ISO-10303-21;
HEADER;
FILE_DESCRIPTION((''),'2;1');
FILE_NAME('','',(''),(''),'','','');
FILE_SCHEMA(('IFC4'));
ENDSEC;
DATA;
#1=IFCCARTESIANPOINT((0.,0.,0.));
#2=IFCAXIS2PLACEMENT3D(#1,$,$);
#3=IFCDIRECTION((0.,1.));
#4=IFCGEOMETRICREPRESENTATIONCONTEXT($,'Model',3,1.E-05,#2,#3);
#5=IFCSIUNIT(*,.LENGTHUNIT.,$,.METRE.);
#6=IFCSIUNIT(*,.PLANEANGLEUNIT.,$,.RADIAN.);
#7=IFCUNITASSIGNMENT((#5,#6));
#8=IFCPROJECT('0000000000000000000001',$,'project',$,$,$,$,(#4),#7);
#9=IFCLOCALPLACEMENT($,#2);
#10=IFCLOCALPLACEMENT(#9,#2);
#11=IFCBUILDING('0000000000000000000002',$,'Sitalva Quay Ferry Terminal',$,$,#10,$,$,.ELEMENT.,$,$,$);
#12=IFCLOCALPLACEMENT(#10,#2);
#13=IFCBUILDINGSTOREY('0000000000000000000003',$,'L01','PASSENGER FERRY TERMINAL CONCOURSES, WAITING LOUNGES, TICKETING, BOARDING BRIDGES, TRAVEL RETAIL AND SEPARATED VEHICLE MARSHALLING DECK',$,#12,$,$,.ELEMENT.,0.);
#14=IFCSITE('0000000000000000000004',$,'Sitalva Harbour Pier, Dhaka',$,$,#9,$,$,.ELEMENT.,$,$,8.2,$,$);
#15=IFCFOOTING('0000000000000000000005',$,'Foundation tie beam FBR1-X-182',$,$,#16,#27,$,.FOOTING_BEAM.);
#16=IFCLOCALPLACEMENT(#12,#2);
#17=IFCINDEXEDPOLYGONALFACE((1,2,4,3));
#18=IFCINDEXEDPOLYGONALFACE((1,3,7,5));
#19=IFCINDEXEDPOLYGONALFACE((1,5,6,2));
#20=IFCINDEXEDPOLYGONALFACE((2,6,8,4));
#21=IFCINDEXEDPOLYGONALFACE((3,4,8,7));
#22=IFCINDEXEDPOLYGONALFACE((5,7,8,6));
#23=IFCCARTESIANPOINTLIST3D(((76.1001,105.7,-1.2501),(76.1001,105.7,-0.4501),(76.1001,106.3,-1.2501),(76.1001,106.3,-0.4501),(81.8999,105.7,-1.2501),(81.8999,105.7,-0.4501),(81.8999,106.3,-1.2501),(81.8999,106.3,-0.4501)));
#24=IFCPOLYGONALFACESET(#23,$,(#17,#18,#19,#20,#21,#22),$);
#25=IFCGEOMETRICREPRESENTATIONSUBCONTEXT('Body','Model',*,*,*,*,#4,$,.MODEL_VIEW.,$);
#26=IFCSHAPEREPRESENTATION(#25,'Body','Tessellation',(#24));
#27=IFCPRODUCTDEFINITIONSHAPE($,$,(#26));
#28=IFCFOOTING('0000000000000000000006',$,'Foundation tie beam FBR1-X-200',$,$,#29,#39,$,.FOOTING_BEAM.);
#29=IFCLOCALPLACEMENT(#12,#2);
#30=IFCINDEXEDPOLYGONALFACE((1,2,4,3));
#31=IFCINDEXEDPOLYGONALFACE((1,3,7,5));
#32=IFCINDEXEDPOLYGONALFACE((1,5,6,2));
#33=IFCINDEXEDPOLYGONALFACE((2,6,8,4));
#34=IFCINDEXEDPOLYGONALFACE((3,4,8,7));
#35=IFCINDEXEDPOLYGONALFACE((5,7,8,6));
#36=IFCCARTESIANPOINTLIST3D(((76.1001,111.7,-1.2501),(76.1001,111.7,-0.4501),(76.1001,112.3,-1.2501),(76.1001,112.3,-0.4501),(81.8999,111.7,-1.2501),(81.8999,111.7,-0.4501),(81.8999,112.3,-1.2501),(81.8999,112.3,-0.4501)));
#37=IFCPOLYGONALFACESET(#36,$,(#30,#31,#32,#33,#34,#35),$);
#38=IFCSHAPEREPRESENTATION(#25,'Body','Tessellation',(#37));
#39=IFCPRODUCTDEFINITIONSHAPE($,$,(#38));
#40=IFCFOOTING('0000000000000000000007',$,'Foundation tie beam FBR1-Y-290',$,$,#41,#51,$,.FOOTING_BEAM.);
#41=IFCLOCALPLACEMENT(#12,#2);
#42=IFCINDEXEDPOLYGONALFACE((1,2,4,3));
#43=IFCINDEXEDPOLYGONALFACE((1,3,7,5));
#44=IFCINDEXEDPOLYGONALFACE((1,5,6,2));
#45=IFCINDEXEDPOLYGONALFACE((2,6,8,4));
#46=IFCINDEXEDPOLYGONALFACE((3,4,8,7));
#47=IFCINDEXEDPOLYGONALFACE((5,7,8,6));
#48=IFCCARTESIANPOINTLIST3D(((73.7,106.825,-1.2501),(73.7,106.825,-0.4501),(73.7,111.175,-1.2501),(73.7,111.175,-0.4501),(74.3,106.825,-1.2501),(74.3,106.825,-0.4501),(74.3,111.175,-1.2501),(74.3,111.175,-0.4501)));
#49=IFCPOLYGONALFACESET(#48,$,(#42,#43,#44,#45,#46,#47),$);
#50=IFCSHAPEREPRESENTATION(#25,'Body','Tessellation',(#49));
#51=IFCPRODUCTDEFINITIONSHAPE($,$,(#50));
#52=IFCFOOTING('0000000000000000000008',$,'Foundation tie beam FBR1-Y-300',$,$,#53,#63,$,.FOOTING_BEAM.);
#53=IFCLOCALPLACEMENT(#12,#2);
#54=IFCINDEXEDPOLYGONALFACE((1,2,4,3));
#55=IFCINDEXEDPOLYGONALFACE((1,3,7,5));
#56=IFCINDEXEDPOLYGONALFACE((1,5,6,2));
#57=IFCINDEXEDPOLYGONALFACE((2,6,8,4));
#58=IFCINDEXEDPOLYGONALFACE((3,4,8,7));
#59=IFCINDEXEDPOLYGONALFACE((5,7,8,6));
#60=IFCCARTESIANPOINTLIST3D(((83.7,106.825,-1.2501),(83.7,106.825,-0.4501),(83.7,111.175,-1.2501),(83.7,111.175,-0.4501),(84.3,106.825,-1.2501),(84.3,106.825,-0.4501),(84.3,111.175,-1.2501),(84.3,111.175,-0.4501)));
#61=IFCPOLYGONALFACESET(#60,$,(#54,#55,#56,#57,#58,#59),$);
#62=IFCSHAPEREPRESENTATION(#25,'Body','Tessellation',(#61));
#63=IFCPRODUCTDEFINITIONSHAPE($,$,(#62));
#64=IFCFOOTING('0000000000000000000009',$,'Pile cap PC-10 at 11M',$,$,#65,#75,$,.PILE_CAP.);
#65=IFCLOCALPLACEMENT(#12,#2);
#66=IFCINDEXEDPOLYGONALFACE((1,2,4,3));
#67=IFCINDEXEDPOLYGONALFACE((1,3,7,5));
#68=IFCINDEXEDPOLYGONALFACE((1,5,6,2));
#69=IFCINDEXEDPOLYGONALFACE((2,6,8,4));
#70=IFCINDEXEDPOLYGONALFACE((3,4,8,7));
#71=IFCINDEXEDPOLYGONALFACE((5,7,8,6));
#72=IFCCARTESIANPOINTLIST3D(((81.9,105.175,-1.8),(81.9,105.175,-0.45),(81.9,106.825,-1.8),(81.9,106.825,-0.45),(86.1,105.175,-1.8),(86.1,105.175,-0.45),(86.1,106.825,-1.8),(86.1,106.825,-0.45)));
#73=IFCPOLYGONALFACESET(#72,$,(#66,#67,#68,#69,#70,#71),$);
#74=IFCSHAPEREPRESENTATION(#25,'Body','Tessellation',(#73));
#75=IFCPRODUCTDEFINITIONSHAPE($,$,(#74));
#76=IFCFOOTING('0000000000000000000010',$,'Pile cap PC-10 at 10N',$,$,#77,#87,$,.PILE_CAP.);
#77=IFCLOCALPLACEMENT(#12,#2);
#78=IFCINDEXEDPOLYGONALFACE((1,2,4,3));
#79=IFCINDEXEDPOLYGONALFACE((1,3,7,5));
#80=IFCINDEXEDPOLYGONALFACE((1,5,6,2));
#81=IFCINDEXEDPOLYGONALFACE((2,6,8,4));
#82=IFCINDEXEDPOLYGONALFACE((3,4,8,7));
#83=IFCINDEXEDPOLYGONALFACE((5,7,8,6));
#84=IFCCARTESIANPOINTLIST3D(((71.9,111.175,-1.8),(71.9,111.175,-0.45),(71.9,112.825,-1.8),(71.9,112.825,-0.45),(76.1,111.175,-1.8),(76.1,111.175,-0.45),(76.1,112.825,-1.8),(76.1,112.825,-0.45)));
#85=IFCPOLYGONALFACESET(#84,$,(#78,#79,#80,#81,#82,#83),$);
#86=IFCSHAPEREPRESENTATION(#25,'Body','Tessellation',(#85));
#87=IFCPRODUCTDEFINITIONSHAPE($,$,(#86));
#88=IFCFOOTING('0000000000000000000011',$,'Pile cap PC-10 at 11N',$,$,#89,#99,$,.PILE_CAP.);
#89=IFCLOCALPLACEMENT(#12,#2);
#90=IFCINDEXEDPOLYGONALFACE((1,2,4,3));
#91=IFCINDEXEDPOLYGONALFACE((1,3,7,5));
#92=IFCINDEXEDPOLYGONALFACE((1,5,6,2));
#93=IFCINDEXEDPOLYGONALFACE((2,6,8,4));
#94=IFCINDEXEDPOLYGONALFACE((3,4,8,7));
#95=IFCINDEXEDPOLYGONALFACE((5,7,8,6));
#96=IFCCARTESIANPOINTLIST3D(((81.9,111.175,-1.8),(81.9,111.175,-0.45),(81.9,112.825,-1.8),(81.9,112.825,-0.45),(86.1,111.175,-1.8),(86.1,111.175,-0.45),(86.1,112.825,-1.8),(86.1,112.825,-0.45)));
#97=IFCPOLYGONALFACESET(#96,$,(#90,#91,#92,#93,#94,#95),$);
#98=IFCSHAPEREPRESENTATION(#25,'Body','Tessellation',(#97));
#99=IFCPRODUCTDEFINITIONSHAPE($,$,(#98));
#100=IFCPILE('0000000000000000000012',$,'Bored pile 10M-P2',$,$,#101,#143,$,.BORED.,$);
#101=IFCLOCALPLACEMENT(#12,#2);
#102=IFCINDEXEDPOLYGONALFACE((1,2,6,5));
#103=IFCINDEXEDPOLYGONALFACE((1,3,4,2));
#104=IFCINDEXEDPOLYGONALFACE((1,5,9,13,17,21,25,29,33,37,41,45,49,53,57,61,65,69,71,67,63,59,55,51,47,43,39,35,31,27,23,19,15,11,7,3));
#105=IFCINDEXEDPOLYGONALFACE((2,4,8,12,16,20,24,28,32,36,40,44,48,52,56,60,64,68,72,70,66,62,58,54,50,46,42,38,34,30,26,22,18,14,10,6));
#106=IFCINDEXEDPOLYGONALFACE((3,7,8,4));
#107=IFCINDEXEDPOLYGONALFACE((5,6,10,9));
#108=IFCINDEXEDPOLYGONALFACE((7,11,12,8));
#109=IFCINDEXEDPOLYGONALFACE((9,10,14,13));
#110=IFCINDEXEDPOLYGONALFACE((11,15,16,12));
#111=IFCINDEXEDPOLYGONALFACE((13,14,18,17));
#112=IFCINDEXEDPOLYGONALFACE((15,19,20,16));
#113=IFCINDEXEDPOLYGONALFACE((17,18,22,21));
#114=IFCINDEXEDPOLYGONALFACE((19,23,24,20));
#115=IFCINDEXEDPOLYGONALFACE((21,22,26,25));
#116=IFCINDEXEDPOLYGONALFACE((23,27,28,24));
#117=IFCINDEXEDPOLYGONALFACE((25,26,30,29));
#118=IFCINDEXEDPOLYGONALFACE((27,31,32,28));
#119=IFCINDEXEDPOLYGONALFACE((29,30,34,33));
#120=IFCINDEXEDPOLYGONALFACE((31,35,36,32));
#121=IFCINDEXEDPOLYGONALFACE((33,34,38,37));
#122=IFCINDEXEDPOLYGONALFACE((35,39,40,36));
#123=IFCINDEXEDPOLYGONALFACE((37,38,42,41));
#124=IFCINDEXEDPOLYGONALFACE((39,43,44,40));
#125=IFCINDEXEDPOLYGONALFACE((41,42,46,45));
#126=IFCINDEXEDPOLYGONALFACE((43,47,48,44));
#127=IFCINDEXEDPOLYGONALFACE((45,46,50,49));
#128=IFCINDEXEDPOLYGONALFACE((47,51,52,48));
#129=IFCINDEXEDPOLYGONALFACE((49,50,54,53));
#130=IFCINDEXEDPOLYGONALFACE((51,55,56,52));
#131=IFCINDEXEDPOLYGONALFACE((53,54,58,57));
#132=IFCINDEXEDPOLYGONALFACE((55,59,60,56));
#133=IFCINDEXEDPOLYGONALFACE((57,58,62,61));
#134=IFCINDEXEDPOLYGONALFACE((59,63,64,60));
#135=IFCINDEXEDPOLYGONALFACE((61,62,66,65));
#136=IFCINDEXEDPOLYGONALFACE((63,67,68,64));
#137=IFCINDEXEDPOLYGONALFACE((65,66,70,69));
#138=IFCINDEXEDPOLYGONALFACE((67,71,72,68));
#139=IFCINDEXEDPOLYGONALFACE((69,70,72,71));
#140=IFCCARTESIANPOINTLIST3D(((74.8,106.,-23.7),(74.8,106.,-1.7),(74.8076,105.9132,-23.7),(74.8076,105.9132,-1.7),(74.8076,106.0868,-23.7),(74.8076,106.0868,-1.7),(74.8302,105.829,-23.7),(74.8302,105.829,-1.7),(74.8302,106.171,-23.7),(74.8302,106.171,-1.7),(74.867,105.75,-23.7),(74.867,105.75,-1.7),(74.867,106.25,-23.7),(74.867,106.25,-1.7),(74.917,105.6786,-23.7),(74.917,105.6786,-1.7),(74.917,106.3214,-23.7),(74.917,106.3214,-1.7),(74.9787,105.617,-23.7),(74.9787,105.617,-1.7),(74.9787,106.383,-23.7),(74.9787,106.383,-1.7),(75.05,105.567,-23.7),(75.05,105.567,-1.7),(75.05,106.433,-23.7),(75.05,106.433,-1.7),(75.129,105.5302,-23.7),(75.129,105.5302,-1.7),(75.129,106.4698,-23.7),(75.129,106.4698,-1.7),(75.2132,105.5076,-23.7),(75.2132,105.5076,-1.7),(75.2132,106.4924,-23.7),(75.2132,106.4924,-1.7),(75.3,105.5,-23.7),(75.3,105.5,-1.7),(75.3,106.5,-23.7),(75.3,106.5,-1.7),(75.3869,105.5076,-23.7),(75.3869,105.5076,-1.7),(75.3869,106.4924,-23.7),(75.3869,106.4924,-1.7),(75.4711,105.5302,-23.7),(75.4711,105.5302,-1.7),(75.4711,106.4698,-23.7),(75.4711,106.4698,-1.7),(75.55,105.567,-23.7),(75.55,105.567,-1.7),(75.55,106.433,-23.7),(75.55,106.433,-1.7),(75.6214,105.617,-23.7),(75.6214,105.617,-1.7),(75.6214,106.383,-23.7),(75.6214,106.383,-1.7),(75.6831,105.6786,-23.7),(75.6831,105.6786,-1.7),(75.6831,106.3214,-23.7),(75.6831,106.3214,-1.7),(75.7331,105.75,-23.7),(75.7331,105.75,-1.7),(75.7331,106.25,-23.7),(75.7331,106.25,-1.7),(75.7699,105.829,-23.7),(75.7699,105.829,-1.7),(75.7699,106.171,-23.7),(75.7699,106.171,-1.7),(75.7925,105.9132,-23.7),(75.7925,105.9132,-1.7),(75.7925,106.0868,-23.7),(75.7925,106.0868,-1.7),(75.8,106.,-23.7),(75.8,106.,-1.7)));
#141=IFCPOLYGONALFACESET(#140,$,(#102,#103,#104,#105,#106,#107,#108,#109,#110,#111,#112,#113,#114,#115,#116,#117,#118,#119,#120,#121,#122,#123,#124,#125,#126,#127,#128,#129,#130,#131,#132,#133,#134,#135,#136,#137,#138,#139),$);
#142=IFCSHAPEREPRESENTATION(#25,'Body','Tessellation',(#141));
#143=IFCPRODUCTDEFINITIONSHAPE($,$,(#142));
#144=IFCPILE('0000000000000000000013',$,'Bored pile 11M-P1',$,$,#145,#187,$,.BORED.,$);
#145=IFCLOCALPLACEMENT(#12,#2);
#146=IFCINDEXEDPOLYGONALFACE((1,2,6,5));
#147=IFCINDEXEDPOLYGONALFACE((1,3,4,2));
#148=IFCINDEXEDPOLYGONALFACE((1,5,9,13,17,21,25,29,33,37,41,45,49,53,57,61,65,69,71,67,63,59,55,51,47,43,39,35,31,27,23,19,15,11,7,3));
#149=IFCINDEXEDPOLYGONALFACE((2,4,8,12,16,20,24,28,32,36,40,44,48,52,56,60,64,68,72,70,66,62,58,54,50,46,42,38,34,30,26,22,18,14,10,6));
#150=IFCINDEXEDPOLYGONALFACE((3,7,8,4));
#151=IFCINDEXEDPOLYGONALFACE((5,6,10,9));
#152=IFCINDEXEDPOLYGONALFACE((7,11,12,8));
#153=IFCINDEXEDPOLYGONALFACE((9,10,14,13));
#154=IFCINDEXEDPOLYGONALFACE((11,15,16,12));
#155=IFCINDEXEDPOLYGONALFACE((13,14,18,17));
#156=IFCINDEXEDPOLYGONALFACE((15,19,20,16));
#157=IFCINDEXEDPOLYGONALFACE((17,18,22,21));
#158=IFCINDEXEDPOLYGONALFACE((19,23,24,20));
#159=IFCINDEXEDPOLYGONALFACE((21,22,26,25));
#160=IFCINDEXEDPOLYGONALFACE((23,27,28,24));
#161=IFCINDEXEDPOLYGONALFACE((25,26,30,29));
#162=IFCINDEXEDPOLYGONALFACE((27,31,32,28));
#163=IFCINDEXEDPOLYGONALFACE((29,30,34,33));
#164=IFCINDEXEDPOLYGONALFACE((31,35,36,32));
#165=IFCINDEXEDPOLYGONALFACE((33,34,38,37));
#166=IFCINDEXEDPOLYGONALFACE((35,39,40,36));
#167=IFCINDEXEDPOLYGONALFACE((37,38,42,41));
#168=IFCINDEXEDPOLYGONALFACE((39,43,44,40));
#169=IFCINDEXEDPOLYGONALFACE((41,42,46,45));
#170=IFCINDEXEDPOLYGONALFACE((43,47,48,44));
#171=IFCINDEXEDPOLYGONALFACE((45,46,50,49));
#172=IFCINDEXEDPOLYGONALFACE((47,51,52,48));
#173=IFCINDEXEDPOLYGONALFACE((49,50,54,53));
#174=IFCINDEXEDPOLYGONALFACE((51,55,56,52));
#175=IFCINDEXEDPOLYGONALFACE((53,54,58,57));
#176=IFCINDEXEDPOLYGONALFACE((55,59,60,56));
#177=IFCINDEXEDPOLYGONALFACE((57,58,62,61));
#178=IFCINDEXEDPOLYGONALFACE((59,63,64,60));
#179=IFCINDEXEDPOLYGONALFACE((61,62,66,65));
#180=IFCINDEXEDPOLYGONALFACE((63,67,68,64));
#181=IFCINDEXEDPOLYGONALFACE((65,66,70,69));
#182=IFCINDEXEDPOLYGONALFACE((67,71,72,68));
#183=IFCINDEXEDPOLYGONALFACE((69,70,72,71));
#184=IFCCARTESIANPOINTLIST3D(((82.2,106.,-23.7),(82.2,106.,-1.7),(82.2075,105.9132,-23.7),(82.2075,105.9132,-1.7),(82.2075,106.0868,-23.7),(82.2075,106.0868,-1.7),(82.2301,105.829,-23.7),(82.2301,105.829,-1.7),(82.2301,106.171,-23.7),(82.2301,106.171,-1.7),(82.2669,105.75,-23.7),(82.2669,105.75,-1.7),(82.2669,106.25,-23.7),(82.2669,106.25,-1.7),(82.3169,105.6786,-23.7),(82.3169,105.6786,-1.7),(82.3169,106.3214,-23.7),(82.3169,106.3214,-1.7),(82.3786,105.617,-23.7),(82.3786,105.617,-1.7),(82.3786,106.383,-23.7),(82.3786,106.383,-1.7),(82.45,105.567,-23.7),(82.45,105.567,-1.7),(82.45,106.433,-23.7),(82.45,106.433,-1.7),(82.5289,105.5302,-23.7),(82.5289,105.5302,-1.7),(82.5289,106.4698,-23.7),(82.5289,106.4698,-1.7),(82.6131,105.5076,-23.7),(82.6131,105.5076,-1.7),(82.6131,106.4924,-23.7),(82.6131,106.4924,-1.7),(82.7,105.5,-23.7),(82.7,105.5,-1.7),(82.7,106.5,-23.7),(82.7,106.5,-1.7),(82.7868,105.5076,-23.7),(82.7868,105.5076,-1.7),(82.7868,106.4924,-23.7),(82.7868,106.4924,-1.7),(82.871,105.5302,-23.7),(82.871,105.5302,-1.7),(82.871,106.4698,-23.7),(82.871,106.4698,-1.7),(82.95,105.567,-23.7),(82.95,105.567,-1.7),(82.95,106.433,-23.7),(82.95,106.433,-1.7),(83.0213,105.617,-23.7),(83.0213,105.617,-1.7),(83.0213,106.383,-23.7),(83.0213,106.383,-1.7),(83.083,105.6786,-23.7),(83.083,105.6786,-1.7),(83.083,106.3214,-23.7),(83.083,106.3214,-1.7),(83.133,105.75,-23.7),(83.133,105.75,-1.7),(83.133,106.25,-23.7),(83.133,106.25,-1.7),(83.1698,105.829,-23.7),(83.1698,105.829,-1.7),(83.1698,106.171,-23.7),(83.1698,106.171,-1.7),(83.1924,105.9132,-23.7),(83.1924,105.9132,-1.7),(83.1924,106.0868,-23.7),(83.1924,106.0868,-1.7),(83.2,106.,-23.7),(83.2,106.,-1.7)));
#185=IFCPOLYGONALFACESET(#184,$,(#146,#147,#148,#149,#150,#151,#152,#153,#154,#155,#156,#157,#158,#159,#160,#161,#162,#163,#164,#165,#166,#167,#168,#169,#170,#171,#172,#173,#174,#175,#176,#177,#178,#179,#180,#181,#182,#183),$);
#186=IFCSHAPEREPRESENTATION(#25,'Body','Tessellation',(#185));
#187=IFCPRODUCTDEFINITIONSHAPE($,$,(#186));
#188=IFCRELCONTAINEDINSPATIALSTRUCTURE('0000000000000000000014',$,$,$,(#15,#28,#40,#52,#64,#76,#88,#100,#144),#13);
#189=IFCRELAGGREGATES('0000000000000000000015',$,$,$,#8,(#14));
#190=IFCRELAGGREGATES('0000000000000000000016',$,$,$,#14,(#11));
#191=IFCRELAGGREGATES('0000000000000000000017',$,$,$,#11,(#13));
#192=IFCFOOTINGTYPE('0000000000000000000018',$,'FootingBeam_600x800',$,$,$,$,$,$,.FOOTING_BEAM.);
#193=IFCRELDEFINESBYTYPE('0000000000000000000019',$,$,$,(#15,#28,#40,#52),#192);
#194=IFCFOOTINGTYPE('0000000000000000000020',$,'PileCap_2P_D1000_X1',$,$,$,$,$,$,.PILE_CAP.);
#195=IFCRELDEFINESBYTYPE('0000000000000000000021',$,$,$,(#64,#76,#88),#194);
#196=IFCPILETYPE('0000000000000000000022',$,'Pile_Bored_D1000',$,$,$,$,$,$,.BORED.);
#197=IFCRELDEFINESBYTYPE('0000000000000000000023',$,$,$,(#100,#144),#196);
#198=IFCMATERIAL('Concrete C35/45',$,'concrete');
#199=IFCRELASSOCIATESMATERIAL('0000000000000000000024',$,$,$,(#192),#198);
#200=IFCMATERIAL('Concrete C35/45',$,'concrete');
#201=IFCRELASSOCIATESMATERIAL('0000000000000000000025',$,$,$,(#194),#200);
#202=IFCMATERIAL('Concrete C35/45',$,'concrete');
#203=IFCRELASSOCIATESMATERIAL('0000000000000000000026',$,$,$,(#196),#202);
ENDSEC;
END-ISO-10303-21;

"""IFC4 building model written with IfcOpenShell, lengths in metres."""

from ifc_helpers import new_model, si_unit, direction, frame, origin, origin_2d, place, context, subcontext, project, spatial, rectangle, circle, extrude, material, material_profile, profile_set, type_object, element, save


model = new_model("IFC4")

# Units and contexts
model_context = context("Model", 3, precision=1e-05, world=origin(), true_north=direction((0.0, 1.0)))
body_context = subcontext(model_context, "Body", "Model", "MODEL_VIEW")
ifc_project = project(units=[si_unit("LENGTHUNIT", "METRE"), si_unit("PLANEANGLEUNIT", "RADIAN")], contexts=[model_context])

# Site, building, storey
site_placement = place(None, origin())
site = spatial("IfcSite", under=ifc_project, at=site_placement, Name="Sitalva Harbour Pier, Dhaka", CompositionType="ELEMENT", RefElevation=8.2)
building_placement = place(site_placement, origin())
building = spatial("IfcBuilding", under=site, at=building_placement, Name="Sitalva Quay Ferry Terminal", CompositionType="ELEMENT")
storey_placement = place(building_placement, origin())
storey = spatial("IfcBuildingStorey", under=building, at=storey_placement, Name="L01", Description="PASSENGER FERRY TERMINAL CONCOURSES, WAITING LOUNGES, TICKETING, BOARDING BRIDGES, TRAVEL RETAIL AND SEPARATED VEHICLE MARSHALLING DECK", CompositionType="ELEMENT", Elevation=0.0)

# Footings
ifc_material_1 = material(Name="Concrete C35/45", Category="concrete")
ifc_material_profile_1 = material_profile(ifc_material_1, rectangle(XDim=0.6001, YDim=0.8, at=origin_2d()), Name="RC600x800")
ifc_profile_set_1 = profile_set([ifc_material_profile_1], Name="Concrete C35/45")
footing_type_1 = type_object("IfcFootingType", Name="FootingBeam_600x800", PredefinedType="FOOTING_BEAM", material=ifc_profile_set_1)
for number, where, z_axis, x_axis, name in (
    (1, (76.1001, 106.0, -0.8501), (1.0, 0.0, 0.0), (0.0, 1.0, 0.0), "Foundation tie beam FBR1-X-182"),
    (2, (76.1001, 112.0, -0.8501), (1.0, 0.0, 0.0), (0.0, 1.0, 0.0), "Foundation tie beam FBR1-X-200"),
):
    element("IfcFooting", number, at=place(storey_placement, frame(where, z_axis=z_axis, x_axis=x_axis)), inside=storey, type_object=footing_type_1, Name=name, PredefinedType="FOOTING_BEAM", context=body_context, shape_type="SweptSolid", body=[
        extrude(rectangle(XDim=0.6001, YDim=0.8, at=origin_2d()), origin(), (0.0, 0.0, 1.0), 5.7998),
    ])
for number, where, z_axis, x_axis, name in (
    (3, (74.0, 106.825, -0.8501), (0.0, 1.0, 0.0), (-1.0, 0.0, 0.0), "Foundation tie beam FBR1-Y-290"),
    (4, (84.0, 106.825, -0.8501), (0.0, 1.0, 0.0), (-1.0, 0.0, 0.0), "Foundation tie beam FBR1-Y-300"),
):
    element("IfcFooting", number, at=place(storey_placement, frame(where, z_axis=z_axis, x_axis=x_axis)), inside=storey, type_object=footing_type_1, Name=name, PredefinedType="FOOTING_BEAM", context=body_context, shape_type="SweptSolid", body=[
        extrude(rectangle(XDim=0.6001, YDim=0.8, at=origin_2d()), origin(), (0.0, 0.0, 1.0), 4.3501),
    ])
ifc_material_2 = material(Name="Concrete C35/45", Category="concrete")
footing_type_2 = type_object("IfcFootingType", Name="PileCap_2P_D1000_X1", PredefinedType="PILE_CAP", material=ifc_material_2)
for number, where, z_axis, x_axis, name in (
    (5, (84.0, 106.0, -1.8), (0.0, 0.0, 1.0), (1.0, 0.0, 0.0), "Pile cap PC-10 at 11M"),
    (6, (74.0, 112.0, -1.8), (0.0, 0.0, 1.0), (1.0, 0.0, 0.0), "Pile cap PC-10 at 10N"),
    (7, (84.0, 112.0, -1.8), (0.0, 0.0, 1.0), (1.0, 0.0, 0.0), "Pile cap PC-10 at 11N"),
):
    element("IfcFooting", number, at=place(storey_placement, frame(where, z_axis=z_axis, x_axis=x_axis)), inside=storey, type_object=footing_type_2, Name=name, PredefinedType="PILE_CAP", context=body_context, shape_type="SweptSolid", body=[
        extrude(rectangle(XDim=4.2, YDim=1.6499, at=origin_2d()), origin(), (0.0, 0.0, 1.0), 1.3501),
    ])

# Piles
ifc_material_3 = material(Name="Concrete C35/45", Category="concrete")
ifc_material_profile_2 = material_profile(ifc_material_3, circle(Radius=0.5, at=origin_2d()), Name="PILE-D1000")
ifc_profile_set_2 = profile_set([ifc_material_profile_2], Name="Concrete C35/45")
pile_type = type_object("IfcPileType", Name="Pile_Bored_D1000", PredefinedType="BORED", material=ifc_profile_set_2)
for number, where, z_axis, x_axis, name in (
    (8, (75.3, 106.0, -1.7), (0.0, 0.0, -1.0), (1.0, 0.0, 0.0), "Bored pile 10M-P2"),
    (9, (82.7, 106.0, -1.7), (0.0, 0.0, -1.0), (1.0, 0.0, 0.0), "Bored pile 11M-P1"),
):
    element("IfcPile", number, at=place(storey_placement, frame(where, z_axis=z_axis, x_axis=x_axis)), inside=storey, type_object=pile_type, Name=name, PredefinedType="BORED", context=body_context, shape_type="SweptSolid", body=[
        extrude(circle(Radius=0.5, at=origin_2d()), origin(), (0.0, 0.0, 1.0), 22.0),
    ])

save(model, "model.ifc")
